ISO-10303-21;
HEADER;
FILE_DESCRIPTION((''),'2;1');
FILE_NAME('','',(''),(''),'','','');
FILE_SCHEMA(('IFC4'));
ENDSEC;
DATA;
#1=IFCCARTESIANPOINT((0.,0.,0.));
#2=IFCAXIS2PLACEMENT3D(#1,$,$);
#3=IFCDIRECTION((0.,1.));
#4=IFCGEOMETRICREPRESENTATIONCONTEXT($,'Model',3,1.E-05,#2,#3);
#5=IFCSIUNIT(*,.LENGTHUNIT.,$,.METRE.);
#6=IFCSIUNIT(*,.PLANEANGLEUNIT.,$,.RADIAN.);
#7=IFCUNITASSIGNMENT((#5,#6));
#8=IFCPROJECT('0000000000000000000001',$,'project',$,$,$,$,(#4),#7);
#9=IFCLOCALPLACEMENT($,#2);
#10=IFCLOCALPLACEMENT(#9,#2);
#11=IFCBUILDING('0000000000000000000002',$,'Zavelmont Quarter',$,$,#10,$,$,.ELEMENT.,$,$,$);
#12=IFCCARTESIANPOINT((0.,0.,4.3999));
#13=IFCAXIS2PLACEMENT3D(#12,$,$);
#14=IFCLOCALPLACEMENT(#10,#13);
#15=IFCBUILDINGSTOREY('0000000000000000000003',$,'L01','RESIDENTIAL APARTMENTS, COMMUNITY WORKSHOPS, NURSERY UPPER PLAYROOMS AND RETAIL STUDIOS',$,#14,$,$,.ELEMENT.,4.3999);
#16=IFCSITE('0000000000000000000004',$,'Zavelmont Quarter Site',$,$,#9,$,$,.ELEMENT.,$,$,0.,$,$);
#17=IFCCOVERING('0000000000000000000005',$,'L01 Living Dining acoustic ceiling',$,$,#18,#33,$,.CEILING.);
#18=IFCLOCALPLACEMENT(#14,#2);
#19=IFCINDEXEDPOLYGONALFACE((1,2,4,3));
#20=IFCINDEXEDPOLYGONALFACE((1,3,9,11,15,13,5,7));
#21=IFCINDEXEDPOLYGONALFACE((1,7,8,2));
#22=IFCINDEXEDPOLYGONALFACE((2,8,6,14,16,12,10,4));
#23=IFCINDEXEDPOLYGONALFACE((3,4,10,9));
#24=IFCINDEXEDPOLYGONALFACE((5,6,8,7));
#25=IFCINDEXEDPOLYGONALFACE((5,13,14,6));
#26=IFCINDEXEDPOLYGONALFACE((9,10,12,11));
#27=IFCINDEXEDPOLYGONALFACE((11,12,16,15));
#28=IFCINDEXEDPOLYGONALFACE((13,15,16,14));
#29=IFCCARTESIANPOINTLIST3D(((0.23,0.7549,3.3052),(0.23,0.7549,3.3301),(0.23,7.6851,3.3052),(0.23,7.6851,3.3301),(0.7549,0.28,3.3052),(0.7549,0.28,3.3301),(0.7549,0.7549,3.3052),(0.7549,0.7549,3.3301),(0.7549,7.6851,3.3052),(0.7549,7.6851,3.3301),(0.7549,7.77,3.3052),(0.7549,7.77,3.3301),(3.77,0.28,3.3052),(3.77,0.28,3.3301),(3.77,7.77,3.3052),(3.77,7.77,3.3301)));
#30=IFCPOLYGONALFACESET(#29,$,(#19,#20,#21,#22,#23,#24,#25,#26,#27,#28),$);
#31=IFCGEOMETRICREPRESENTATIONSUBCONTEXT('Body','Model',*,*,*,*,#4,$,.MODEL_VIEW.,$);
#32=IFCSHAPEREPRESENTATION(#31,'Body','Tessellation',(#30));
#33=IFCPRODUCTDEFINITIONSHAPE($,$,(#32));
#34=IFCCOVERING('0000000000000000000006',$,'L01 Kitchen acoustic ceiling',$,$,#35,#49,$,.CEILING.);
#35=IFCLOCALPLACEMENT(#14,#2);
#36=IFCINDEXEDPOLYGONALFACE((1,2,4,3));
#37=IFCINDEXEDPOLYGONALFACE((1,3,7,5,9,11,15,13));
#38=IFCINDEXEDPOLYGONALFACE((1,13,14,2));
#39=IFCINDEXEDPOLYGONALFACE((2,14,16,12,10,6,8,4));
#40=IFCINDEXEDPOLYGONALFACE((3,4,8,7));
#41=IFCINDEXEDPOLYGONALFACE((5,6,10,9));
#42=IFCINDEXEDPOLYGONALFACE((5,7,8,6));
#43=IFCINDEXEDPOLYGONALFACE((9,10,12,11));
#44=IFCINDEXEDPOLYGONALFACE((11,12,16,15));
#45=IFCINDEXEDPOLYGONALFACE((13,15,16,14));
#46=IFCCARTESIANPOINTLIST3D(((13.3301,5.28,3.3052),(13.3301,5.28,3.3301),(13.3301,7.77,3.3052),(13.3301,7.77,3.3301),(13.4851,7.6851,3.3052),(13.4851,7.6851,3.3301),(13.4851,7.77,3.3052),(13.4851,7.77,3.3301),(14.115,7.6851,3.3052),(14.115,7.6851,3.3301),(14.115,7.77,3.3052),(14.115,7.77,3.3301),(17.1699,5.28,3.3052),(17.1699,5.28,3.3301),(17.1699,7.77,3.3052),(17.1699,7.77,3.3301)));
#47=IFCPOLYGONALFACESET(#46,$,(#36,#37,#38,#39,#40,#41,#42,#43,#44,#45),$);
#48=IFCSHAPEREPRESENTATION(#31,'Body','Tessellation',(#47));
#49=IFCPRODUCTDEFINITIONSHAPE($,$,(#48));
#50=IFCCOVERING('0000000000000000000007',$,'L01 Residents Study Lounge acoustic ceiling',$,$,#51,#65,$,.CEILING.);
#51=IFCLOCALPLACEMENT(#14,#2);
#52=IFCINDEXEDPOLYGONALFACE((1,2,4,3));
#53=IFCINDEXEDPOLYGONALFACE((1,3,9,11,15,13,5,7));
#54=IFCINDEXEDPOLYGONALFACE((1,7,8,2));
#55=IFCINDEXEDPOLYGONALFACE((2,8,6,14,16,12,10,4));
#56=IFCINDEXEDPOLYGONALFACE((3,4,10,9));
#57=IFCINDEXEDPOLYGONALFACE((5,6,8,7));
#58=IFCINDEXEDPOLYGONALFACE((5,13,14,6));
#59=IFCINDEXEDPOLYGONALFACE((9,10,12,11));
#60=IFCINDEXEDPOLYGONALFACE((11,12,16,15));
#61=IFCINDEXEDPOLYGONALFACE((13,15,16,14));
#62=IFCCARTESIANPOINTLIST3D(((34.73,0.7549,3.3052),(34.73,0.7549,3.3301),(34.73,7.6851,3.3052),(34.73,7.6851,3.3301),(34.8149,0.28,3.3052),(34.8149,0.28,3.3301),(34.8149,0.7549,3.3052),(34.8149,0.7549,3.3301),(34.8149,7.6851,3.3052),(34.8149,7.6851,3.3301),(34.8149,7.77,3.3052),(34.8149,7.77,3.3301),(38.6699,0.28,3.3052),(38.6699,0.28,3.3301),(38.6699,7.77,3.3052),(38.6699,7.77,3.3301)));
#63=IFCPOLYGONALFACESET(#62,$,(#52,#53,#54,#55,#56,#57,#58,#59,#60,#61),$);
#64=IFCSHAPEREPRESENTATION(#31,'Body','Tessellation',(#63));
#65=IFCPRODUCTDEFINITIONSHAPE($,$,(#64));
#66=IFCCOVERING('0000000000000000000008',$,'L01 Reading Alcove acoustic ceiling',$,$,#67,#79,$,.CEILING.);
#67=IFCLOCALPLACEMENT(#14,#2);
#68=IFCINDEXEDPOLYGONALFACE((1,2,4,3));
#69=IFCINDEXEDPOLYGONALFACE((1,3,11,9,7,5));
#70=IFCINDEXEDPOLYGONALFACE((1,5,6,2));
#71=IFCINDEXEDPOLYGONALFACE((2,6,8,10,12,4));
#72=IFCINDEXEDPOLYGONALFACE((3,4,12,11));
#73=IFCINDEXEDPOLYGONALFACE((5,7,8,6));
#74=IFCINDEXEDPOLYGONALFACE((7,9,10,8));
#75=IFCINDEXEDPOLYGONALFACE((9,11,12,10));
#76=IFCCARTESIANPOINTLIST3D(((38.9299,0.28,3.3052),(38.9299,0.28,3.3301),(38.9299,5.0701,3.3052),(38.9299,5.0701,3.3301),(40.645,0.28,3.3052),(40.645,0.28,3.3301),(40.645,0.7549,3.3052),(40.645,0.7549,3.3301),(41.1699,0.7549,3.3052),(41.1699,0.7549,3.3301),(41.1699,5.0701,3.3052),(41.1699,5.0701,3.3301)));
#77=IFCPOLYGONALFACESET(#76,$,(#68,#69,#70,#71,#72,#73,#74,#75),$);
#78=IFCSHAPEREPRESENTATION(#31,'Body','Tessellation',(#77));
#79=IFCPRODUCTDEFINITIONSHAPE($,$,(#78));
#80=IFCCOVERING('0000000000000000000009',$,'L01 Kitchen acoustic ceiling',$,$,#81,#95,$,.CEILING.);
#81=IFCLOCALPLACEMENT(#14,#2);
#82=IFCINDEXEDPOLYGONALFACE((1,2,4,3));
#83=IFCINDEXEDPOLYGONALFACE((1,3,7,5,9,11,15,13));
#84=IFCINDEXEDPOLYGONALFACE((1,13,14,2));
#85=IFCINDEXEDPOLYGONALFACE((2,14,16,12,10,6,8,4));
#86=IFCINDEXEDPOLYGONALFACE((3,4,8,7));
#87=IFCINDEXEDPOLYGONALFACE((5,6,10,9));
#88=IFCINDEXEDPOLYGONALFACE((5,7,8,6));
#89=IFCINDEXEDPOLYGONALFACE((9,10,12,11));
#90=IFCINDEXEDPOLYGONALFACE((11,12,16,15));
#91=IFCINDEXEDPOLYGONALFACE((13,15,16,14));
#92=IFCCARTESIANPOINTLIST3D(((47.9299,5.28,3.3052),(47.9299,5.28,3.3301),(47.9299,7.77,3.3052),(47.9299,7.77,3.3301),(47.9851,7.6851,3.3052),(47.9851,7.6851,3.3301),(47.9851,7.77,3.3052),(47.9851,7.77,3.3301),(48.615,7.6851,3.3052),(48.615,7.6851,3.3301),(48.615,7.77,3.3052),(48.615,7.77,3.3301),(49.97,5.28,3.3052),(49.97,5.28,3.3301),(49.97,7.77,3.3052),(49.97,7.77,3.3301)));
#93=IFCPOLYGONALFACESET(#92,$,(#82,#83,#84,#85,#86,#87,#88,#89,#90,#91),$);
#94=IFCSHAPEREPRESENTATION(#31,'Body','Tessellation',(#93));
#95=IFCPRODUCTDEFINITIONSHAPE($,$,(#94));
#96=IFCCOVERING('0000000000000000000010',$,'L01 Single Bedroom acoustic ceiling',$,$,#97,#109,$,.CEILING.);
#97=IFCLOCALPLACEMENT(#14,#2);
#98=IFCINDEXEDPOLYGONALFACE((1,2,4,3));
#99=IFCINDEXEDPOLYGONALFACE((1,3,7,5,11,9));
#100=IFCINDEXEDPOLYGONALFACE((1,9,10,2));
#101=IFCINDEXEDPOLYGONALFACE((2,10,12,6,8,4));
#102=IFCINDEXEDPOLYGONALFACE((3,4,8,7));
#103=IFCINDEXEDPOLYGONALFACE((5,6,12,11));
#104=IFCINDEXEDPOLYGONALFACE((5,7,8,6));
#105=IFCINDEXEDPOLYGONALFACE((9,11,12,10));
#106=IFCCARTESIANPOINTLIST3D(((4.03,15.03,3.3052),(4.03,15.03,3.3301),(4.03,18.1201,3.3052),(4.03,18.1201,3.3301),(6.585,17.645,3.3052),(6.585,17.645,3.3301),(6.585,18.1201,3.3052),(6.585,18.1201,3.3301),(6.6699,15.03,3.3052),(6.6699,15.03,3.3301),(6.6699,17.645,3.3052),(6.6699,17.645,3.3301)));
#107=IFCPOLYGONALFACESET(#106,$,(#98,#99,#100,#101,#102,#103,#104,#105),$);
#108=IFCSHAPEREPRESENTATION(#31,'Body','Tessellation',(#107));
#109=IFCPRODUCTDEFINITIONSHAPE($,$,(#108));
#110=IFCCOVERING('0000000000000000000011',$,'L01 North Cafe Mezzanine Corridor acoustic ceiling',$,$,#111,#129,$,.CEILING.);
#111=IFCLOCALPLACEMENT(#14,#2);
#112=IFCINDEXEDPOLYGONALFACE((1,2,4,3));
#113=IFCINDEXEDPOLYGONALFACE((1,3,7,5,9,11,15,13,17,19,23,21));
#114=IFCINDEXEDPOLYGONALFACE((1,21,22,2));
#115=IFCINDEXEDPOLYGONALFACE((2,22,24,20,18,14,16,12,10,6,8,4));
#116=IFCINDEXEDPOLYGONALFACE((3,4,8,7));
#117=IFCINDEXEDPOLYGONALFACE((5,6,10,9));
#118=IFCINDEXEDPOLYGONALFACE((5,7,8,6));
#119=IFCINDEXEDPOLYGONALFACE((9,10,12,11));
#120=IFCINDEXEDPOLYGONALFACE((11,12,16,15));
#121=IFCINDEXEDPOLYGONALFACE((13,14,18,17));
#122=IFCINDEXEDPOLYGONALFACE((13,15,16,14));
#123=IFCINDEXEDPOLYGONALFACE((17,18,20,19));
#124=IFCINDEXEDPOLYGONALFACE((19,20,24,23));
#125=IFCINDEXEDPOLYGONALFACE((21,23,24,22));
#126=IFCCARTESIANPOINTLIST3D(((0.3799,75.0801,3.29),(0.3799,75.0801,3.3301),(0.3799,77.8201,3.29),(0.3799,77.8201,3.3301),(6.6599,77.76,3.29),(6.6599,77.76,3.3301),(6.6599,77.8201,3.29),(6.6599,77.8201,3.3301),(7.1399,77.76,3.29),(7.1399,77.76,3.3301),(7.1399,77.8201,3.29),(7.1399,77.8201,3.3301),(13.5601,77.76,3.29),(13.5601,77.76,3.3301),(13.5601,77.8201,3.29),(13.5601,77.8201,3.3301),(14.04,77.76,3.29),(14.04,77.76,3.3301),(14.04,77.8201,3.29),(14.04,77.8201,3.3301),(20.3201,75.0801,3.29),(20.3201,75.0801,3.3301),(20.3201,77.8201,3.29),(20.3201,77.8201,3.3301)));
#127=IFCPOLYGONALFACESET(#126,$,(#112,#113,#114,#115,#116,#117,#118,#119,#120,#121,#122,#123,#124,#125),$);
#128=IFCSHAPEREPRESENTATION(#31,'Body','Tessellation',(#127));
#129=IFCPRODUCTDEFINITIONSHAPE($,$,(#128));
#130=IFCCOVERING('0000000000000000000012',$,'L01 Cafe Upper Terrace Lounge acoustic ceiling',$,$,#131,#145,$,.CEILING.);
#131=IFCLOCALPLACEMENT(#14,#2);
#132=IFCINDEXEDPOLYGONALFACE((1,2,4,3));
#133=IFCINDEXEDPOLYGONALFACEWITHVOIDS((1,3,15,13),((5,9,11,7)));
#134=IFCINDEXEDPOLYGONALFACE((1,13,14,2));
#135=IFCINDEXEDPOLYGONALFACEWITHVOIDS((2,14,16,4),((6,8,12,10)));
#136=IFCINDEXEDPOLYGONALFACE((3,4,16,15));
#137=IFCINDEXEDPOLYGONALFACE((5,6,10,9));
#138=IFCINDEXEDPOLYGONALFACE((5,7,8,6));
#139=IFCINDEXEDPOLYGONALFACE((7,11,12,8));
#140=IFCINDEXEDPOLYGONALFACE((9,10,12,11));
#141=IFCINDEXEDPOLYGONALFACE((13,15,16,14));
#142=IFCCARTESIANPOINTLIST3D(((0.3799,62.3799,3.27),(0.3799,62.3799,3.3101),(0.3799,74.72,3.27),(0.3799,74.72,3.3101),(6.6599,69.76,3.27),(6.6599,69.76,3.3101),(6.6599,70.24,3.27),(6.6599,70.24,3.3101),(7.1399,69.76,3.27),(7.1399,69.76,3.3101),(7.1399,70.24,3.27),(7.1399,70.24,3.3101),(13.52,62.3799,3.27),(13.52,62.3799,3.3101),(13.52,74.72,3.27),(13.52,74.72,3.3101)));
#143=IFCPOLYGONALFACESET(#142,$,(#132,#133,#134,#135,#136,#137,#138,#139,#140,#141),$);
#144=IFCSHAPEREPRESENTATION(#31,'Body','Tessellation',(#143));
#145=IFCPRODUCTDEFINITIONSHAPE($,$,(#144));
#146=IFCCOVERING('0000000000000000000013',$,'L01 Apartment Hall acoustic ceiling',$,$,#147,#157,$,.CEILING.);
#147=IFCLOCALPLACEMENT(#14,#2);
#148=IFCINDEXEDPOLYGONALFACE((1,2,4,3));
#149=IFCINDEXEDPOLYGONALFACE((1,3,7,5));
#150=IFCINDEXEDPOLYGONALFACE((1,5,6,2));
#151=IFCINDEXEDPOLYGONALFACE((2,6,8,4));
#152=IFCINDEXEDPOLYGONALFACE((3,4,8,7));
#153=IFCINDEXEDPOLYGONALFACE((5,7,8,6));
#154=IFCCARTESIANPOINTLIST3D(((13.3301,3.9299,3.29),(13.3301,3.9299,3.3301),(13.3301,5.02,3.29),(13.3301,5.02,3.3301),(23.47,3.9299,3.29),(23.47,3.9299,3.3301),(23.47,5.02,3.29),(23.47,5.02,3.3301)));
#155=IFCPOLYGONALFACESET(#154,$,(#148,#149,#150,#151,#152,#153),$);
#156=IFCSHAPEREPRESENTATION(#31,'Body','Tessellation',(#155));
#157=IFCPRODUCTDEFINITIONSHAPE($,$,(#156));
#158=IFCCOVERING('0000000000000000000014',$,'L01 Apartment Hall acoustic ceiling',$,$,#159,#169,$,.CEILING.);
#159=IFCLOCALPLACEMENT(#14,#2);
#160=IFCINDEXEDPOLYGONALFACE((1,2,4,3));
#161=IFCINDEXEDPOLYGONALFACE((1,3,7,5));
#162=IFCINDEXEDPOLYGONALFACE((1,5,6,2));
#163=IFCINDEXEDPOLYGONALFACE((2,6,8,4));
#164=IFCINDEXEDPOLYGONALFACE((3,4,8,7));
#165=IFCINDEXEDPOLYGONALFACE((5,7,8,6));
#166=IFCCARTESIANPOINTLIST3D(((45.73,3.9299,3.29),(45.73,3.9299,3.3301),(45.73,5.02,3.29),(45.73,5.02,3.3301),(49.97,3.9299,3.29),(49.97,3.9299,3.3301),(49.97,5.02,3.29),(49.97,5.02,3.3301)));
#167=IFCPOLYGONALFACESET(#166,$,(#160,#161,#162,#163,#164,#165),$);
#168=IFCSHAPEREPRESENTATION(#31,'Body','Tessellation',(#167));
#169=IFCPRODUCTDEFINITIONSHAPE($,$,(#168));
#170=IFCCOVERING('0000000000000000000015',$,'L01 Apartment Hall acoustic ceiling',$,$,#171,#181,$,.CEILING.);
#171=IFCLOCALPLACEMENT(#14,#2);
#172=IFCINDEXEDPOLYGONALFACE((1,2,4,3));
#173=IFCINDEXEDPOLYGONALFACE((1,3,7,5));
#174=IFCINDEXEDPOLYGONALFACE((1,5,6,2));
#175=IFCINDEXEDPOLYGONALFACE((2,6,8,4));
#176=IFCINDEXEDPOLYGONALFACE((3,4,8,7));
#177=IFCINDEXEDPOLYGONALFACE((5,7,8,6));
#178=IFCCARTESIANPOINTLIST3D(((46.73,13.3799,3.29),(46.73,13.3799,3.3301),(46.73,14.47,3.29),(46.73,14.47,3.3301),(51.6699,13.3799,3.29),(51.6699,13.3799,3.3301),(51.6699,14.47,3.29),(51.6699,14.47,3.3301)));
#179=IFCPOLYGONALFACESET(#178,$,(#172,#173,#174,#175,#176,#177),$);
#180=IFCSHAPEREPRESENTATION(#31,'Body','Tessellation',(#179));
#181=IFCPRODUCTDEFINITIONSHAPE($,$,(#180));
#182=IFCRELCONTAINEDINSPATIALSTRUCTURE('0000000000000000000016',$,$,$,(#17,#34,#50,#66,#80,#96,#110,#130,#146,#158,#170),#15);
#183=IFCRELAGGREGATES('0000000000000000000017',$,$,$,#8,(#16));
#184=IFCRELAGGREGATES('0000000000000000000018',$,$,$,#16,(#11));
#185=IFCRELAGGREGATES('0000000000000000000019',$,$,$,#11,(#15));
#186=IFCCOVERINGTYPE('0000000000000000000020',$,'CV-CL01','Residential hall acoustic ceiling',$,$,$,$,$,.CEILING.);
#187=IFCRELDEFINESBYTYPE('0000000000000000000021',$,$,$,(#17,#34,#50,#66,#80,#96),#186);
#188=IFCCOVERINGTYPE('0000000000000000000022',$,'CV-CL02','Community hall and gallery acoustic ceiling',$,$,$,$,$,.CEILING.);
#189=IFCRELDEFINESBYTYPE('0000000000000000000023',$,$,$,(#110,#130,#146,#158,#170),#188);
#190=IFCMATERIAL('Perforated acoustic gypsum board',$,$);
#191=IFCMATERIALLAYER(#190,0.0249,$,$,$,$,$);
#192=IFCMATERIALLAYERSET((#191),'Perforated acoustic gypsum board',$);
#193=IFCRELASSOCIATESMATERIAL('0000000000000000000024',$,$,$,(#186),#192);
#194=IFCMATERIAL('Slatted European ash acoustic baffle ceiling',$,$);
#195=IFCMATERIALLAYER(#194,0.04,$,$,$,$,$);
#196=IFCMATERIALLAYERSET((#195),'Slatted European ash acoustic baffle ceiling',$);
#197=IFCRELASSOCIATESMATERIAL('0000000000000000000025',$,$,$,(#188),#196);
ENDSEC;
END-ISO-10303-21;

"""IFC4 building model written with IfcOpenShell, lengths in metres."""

from ifc_helpers import new_model, si_unit, direction, frame, origin, place, context, subcontext, project, spatial, polyline, outline, extrude, material, layer, layer_set, type_object, element, save


model = new_model("IFC4")

# Units and contexts
model_context = context("Model", 3, precision=1e-05, world=origin(), true_north=direction((0.0, 1.0)))
body_context = subcontext(model_context, "Body", "Model", "MODEL_VIEW")
ifc_project = project(units=[si_unit("LENGTHUNIT", "METRE"), si_unit("PLANEANGLEUNIT", "RADIAN")], contexts=[model_context])

# Site, building, storey
site_placement = place(None, origin())
site = spatial("IfcSite", under=ifc_project, at=site_placement, Name="Zavelmont Quarter Site", CompositionType="ELEMENT", RefElevation=0.0)
building_placement = place(site_placement, origin())
building = spatial("IfcBuilding", under=site, at=building_placement, Name="Zavelmont Quarter", CompositionType="ELEMENT")
storey_placement = place(building_placement, frame((0.0, 0.0, 4.3999)))
storey = spatial("IfcBuildingStorey", under=building, at=storey_placement, Name="L01", Description="RESIDENTIAL APARTMENTS, COMMUNITY WORKSHOPS, NURSERY UPPER PLAYROOMS AND RETAIL STUDIOS", CompositionType="ELEMENT", Elevation=4.3999)

# Coverings
ifc_material_1 = material(Name="Perforated acoustic gypsum board")
ifc_layer_1 = layer(ifc_material_1, 0.0249)
ifc_layer_set_1 = layer_set([ifc_layer_1], Name="Perforated acoustic gypsum board")
covering_type_1 = type_object("IfcCoveringType", Name="CV-CL01", Description="Residential hall acoustic ceiling", PredefinedType="CEILING", material=ifc_layer_set_1)
covering_1_placement = place(storey_placement, frame((0.0, 0.0, 3.3052)))
element("IfcCovering", 1, at=covering_1_placement, inside=storey, type_object=covering_type_1, Name="L01 Living Dining acoustic ceiling", PredefinedType="CEILING", context=body_context, shape_type="SweptSolid", body=[
    extrude(outline(polyline([(0.23, 7.6851), (0.7549, 7.6851), (0.7549, 7.77), (3.77, 7.77), (3.77, 0.28), (0.7549, 0.28), (0.7549, 0.7549), (0.23, 0.7549), (0.23, 7.6851)])), origin(), (0.0, 0.0, 1.0), 0.0249),
])
covering_2_placement = place(storey_placement, frame((0.0, 0.0, 3.3052)))
element("IfcCovering", 2, at=covering_2_placement, inside=storey, type_object=covering_type_1, Name="L01 Kitchen acoustic ceiling", PredefinedType="CEILING", context=body_context, shape_type="SweptSolid", body=[
    extrude(outline(polyline([(13.3301, 7.77), (13.4851, 7.77), (13.4851, 7.6851), (14.115, 7.6851), (14.115, 7.77), (17.1699, 7.77), (17.1699, 5.28), (13.3301, 5.28), (13.3301, 7.77)])), origin(), (0.0, 0.0, 1.0), 0.0249),
])
covering_3_placement = place(storey_placement, frame((0.0, 0.0, 3.3052)))
element("IfcCovering", 3, at=covering_3_placement, inside=storey, type_object=covering_type_1, Name="L01 Residents Study Lounge acoustic ceiling", PredefinedType="CEILING", context=body_context, shape_type="SweptSolid", body=[
    extrude(outline(polyline([(34.73, 7.6851), (34.8149, 7.6851), (34.8149, 7.77), (38.6699, 7.77), (38.6699, 0.28), (34.8149, 0.28), (34.8149, 0.7549), (34.73, 0.7549), (34.73, 7.6851)])), origin(), (0.0, 0.0, 1.0), 0.0249),
])
covering_4_placement = place(storey_placement, frame((0.0, 0.0, 3.3052)))
element("IfcCovering", 4, at=covering_4_placement, inside=storey, type_object=covering_type_1, Name="L01 Reading Alcove acoustic ceiling", PredefinedType="CEILING", context=body_context, shape_type="SweptSolid", body=[
    extrude(outline(polyline([(38.9299, 5.0701), (41.1699, 5.0701), (41.1699, 0.7549), (40.645, 0.7549), (40.645, 0.28), (38.9299, 0.28), (38.9299, 5.0701)])), origin(), (0.0, 0.0, 1.0), 0.0249),
])
covering_5_placement = place(storey_placement, frame((0.0, 0.0, 3.3052)))
element("IfcCovering", 5, at=covering_5_placement, inside=storey, type_object=covering_type_1, Name="L01 Kitchen acoustic ceiling", PredefinedType="CEILING", context=body_context, shape_type="SweptSolid", body=[
    extrude(outline(polyline([(47.9299, 7.77), (47.9851, 7.77), (47.9851, 7.6851), (48.615, 7.6851), (48.615, 7.77), (49.97, 7.77), (49.97, 5.28), (47.9299, 5.28), (47.9299, 7.77)])), origin(), (0.0, 0.0, 1.0), 0.0249),
])
covering_6_placement = place(storey_placement, frame((0.0, 0.0, 3.3052)))
element("IfcCovering", 6, at=covering_6_placement, inside=storey, type_object=covering_type_1, Name="L01 Single Bedroom acoustic ceiling", PredefinedType="CEILING", context=body_context, shape_type="SweptSolid", body=[
    extrude(outline(polyline([(4.03, 18.1201), (6.585, 18.1201), (6.585, 17.645), (6.6699, 17.645), (6.6699, 15.03), (4.03, 15.03), (4.03, 18.1201)])), origin(), (0.0, 0.0, 1.0), 0.0249),
])
ifc_material_2 = material(Name="Slatted European ash acoustic baffle ceiling")
ifc_layer_2 = layer(ifc_material_2, 0.04)
ifc_layer_set_2 = layer_set([ifc_layer_2], Name="Slatted European ash acoustic baffle ceiling")
covering_type_2 = type_object("IfcCoveringType", Name="CV-CL02", Description="Community hall and gallery acoustic ceiling", PredefinedType="CEILING", material=ifc_layer_set_2)
covering_7_placement = place(storey_placement, frame((0.0, 0.0, 3.29)))
element("IfcCovering", 7, at=covering_7_placement, inside=storey, type_object=covering_type_2, Name="L01 North Cafe Mezzanine Corridor acoustic ceiling", PredefinedType="CEILING", context=body_context, shape_type="SweptSolid", body=[
    extrude(outline(polyline([(0.3799, 77.8201), (6.6599, 77.8201), (6.6599, 77.76), (7.1399, 77.76), (7.1399, 77.8201), (13.5601, 77.8201), (13.5601, 77.76), (14.04, 77.76), (14.04, 77.8201), (20.3201, 77.8201), (20.3201, 75.0801), (0.3799, 75.0801), (0.3799, 77.8201)])), origin(), (0.0, 0.0, 1.0), 0.04),
])
covering_8_placement = place(storey_placement, frame((0.0, 0.0, 3.27)))
element("IfcCovering", 8, at=covering_8_placement, inside=storey, type_object=covering_type_2, Name="L01 Cafe Upper Terrace Lounge acoustic ceiling", PredefinedType="CEILING", context=body_context, shape_type="SweptSolid", body=[
    extrude(outline(polyline([(0.3799, 74.72), (13.52, 74.72), (13.52, 62.3799), (0.3799, 62.3799), (0.3799, 74.72)]), holes=[polyline([(7.1399, 70.24), (6.6599, 70.24), (6.6599, 69.76), (7.1399, 69.76), (7.1399, 70.24)])]), origin(), (0.0, 0.0, 1.0), 0.04),
])
covering_9_placement = place(storey_placement, frame((0.0, 0.0, 3.29)))
element("IfcCovering", 9, at=covering_9_placement, inside=storey, type_object=covering_type_2, Name="L01 Apartment Hall acoustic ceiling", PredefinedType="CEILING", context=body_context, shape_type="SweptSolid", body=[
    extrude(outline(polyline([(13.3301, 5.02), (23.47, 5.02), (23.47, 3.9299), (13.3301, 3.9299), (13.3301, 5.02)])), origin(), (0.0, 0.0, 1.0), 0.04),
])
covering_10_placement = place(storey_placement, frame((0.0, 0.0, 3.29)))
element("IfcCovering", 10, at=covering_10_placement, inside=storey, type_object=covering_type_2, Name="L01 Apartment Hall acoustic ceiling", PredefinedType="CEILING", context=body_context, shape_type="SweptSolid", body=[
    extrude(outline(polyline([(45.73, 5.02), (49.97, 5.02), (49.97, 3.9299), (45.73, 3.9299), (45.73, 5.02)])), origin(), (0.0, 0.0, 1.0), 0.04),
])
covering_11_placement = place(storey_placement, frame((0.0, 0.0, 3.29)))
element("IfcCovering", 11, at=covering_11_placement, inside=storey, type_object=covering_type_2, Name="L01 Apartment Hall acoustic ceiling", PredefinedType="CEILING", context=body_context, shape_type="SweptSolid", body=[
    extrude(outline(polyline([(46.73, 14.47), (51.6699, 14.47), (51.6699, 13.3799), (46.73, 13.3799), (46.73, 14.47)])), origin(), (0.0, 0.0, 1.0), 0.04),
])

save(model, "model.ifc")
